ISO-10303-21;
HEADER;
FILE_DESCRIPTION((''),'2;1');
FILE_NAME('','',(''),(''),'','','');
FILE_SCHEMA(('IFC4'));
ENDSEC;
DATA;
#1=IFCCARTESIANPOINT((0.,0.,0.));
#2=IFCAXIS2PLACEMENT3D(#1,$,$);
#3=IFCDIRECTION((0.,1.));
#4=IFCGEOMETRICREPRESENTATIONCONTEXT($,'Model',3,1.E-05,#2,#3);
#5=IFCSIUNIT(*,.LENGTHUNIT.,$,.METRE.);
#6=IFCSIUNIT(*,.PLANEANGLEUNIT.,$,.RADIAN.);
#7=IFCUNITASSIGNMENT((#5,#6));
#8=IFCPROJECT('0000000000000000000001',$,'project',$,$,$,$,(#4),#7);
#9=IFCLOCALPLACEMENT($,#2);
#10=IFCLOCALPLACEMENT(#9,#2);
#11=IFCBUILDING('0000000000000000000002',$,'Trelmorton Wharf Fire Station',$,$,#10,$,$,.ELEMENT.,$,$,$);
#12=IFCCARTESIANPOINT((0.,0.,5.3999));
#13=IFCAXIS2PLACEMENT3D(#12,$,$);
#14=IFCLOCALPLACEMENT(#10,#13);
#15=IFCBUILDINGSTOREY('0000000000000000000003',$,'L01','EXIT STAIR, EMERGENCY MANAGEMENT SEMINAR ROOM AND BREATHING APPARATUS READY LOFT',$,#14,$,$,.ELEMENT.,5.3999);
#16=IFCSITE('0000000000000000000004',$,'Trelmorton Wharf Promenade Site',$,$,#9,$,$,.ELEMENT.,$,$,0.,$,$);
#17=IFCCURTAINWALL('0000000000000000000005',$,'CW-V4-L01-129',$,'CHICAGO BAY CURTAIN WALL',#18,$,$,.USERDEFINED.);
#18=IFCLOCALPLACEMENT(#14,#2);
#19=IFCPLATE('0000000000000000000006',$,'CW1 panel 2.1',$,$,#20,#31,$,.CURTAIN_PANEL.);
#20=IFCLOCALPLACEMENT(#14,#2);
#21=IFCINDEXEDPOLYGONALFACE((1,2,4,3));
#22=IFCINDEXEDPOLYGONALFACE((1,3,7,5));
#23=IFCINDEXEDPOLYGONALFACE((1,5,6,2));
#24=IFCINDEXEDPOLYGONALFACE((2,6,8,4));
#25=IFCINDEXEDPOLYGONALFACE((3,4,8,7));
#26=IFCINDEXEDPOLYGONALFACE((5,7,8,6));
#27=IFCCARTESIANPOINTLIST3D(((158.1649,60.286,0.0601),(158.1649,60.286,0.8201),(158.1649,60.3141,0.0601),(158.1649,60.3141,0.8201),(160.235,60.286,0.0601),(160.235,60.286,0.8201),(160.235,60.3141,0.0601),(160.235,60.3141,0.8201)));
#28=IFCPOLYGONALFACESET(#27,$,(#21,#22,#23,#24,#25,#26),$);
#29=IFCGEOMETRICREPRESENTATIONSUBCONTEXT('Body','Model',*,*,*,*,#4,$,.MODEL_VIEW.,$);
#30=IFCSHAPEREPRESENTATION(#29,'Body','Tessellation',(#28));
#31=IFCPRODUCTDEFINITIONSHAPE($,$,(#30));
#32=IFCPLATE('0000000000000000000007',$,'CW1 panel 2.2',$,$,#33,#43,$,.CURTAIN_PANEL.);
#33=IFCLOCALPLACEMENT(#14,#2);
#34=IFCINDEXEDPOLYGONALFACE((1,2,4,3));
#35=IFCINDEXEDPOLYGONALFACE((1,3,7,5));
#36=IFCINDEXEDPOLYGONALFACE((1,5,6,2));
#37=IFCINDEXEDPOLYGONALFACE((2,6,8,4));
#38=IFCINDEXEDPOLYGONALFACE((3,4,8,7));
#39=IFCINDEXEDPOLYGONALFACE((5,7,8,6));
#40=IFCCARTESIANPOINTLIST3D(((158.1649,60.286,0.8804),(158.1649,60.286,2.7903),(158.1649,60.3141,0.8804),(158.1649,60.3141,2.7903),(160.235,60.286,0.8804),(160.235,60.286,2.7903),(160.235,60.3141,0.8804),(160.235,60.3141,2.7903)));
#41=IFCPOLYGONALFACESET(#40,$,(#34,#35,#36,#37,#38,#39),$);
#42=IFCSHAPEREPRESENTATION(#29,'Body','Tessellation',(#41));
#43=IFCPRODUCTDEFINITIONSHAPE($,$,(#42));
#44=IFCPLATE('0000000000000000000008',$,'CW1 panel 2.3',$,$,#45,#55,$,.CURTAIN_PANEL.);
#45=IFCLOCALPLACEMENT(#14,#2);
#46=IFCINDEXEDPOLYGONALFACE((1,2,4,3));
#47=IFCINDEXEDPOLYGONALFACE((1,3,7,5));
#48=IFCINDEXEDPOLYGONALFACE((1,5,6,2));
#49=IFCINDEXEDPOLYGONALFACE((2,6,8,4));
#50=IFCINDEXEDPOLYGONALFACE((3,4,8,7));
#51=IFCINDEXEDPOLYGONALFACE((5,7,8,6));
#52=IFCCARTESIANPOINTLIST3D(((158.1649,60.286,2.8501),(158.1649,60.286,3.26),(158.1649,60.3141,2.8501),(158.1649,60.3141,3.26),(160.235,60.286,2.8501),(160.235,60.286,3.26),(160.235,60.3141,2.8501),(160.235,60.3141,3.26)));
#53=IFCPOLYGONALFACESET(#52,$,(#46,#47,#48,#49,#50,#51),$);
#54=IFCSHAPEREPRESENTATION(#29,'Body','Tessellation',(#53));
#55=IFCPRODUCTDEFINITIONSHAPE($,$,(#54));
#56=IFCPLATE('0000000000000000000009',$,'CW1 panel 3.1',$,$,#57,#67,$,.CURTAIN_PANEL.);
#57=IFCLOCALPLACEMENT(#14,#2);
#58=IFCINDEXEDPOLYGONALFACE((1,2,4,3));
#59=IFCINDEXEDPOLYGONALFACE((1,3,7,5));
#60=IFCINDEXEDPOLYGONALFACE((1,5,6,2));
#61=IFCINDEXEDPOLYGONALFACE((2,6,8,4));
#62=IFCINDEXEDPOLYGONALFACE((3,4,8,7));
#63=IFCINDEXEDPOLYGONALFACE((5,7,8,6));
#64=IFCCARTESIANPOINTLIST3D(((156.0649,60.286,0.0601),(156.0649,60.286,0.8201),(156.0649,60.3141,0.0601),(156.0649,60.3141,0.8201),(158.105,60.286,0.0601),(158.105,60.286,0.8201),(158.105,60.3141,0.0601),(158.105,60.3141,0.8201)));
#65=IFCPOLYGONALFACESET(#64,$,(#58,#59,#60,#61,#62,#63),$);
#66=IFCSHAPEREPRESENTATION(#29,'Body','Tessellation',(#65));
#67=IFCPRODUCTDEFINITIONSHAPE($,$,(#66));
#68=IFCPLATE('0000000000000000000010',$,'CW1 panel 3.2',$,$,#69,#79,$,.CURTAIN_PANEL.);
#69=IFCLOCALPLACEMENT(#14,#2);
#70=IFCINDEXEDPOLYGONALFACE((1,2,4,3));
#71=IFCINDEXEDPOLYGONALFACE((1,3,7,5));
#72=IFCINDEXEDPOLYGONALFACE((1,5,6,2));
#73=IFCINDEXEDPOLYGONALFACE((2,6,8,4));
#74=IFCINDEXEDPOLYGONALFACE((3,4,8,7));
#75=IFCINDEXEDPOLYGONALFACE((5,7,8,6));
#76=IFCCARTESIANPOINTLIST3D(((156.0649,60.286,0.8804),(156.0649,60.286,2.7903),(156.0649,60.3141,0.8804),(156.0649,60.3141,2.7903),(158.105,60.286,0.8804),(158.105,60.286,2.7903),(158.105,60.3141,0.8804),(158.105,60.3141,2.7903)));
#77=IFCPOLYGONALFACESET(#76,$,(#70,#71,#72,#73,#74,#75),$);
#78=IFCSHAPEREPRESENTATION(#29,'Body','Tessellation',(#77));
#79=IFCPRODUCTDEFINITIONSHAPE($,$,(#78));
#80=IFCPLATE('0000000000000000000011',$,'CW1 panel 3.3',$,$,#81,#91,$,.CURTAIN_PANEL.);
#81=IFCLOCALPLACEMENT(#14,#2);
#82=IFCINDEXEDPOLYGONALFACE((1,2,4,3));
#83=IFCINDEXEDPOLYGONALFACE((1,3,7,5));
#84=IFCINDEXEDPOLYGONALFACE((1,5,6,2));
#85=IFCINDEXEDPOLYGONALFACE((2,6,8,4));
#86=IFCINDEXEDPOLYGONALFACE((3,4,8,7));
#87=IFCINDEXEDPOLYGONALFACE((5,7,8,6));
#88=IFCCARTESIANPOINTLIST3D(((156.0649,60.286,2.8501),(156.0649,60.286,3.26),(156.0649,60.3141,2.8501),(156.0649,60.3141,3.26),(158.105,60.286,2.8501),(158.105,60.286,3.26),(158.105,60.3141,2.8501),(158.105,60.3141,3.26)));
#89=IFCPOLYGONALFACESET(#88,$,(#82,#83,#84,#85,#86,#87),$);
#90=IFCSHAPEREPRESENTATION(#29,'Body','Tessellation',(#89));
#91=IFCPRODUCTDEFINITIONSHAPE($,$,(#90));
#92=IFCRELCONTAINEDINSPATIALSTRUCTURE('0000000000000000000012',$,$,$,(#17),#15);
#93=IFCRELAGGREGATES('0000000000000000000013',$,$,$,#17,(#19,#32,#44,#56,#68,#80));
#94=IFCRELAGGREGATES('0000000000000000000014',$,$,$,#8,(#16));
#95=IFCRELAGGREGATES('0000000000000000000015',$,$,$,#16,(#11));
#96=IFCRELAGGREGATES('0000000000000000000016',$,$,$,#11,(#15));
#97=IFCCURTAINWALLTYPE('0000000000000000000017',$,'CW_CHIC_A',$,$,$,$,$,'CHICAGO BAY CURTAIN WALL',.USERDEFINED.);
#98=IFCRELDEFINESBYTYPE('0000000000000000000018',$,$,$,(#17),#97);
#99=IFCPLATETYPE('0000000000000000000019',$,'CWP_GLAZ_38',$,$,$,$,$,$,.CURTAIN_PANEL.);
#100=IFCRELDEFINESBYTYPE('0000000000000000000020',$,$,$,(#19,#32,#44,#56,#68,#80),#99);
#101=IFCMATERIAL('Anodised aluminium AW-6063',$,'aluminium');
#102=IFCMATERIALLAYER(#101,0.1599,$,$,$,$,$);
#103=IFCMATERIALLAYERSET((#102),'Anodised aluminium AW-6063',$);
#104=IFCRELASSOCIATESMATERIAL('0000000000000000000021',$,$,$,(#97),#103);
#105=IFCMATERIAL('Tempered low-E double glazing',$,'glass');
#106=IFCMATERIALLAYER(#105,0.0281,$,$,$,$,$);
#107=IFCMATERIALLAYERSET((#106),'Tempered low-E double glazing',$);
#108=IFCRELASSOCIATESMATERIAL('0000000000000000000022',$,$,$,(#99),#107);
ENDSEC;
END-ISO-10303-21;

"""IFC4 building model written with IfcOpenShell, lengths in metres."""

from ifc_helpers import new_model, si_unit, direction, frame, origin, origin_2d, place, context, subcontext, project, spatial, rectangle, extrude, material, layer, layer_set, type_object, element, aggregate, save


model = new_model("IFC4")

# Units and contexts
model_context = context("Model", 3, precision=1e-05, world=origin(), true_north=direction((0.0, 1.0)))
body_context = subcontext(model_context, "Body", "Model", "MODEL_VIEW")
ifc_project = project(units=[si_unit("LENGTHUNIT", "METRE"), si_unit("PLANEANGLEUNIT", "RADIAN")], contexts=[model_context])

# Site, building, storey
site_placement = place(None, origin())
site = spatial("IfcSite", under=ifc_project, at=site_placement, Name="Trelmorton Wharf Promenade Site", CompositionType="ELEMENT", RefElevation=0.0)
building_placement = place(site_placement, origin())
building = spatial("IfcBuilding", under=site, at=building_placement, Name="Trelmorton Wharf Fire Station", CompositionType="ELEMENT")
storey_placement = place(building_placement, frame((0.0, 0.0, 5.3999)))
storey = spatial("IfcBuildingStorey", under=building, at=storey_placement, Name="L01", Description="EXIT STAIR, EMERGENCY MANAGEMENT SEMINAR ROOM AND BREATHING APPARATUS READY LOFT", CompositionType="ELEMENT", Elevation=5.3999)

# Curtain wall
ifc_material_1 = material(Name="Anodised aluminium AW-6063", Category="aluminium")
ifc_layer_1 = layer(ifc_material_1, 0.1599)
ifc_layer_set_1 = layer_set([ifc_layer_1], Name="Anodised aluminium AW-6063")
curtain_wall_type = type_object("IfcCurtainWallType", Name="CW_CHIC_A", ElementType="CHICAGO BAY CURTAIN WALL", PredefinedType="USERDEFINED", material=ifc_layer_set_1)
curtain_wall_1_placement = place(storey_placement, origin())
curtain_wall_1 = element("IfcCurtainWall", 1, at=curtain_wall_1_placement, inside=storey, type_object=curtain_wall_type, Name="CW-V4-L01-129", ObjectType="CHICAGO BAY CURTAIN WALL", PredefinedType="USERDEFINED")

# Plates
ifc_material_2 = material(Name="Tempered low-E double glazing", Category="glass")
ifc_layer_2 = layer(ifc_material_2, 0.0281)
ifc_layer_set_2 = layer_set([ifc_layer_2], Name="Tempered low-E double glazing")
plate_type_1 = type_object("IfcPlateType", Name="CWP_GLAZ_38", PredefinedType="CURTAIN_PANEL", material=ifc_layer_set_2)
plate_1_placement = place(storey_placement, frame((159.2, 60.3, 0.0601), z_axis=(0.0, 0.0, 1.0), x_axis=(-1.0, 0.0, 0.0)))
plate_1 = element("IfcPlate", 2, at=plate_1_placement, type_object=plate_type_1, Name="CW1 panel 2.1", PredefinedType="CURTAIN_PANEL", context=body_context, shape_type="SweptSolid", body=[
    extrude(rectangle(XDim=2.0701, YDim=0.0281, at=origin_2d()), origin(), (0.0, 0.0, 1.0), 0.76),
])
plate_2_placement = place(storey_placement, frame((159.2, 60.3, 0.8804), z_axis=(0.0, 0.0, 1.0), x_axis=(-1.0, 0.0, 0.0)))
plate_2 = element("IfcPlate", 3, at=plate_2_placement, type_object=plate_type_1, Name="CW1 panel 2.2", PredefinedType="CURTAIN_PANEL", context=body_context, shape_type="SweptSolid", body=[
    extrude(rectangle(XDim=2.0701, YDim=0.0281, at=origin_2d()), origin(), (0.0, 0.0, 1.0), 1.9099),
])
plate_3_placement = place(storey_placement, frame((159.2, 60.3, 2.8501), z_axis=(0.0, 0.0, 1.0), x_axis=(-1.0, 0.0, 0.0)))
plate_3 = element("IfcPlate", 4, at=plate_3_placement, type_object=plate_type_1, Name="CW1 panel 2.3", PredefinedType="CURTAIN_PANEL", context=body_context, shape_type="SweptSolid", body=[
    extrude(rectangle(XDim=2.0701, YDim=0.0281, at=origin_2d()), origin(), (0.0, 0.0, 1.0), 0.4099),
])
plate_4_placement = place(storey_placement, frame((157.085, 60.3, 0.0601), z_axis=(0.0, 0.0, 1.0), x_axis=(-1.0, 0.0, 0.0)))
plate_4 = element("IfcPlate", 5, at=plate_4_placement, type_object=plate_type_1, Name="CW1 panel 3.1", PredefinedType="CURTAIN_PANEL", context=body_context, shape_type="SweptSolid", body=[
    extrude(rectangle(XDim=2.04, YDim=0.0281, at=origin_2d()), origin(), (0.0, 0.0, 1.0), 0.76),
])
plate_5_placement = place(storey_placement, frame((157.085, 60.3, 0.8804), z_axis=(0.0, 0.0, 1.0), x_axis=(-1.0, 0.0, 0.0)))
plate_5 = element("IfcPlate", 6, at=plate_5_placement, type_object=plate_type_1, Name="CW1 panel 3.2", PredefinedType="CURTAIN_PANEL", context=body_context, shape_type="SweptSolid", body=[
    extrude(rectangle(XDim=2.04, YDim=0.0281, at=origin_2d()), origin(), (0.0, 0.0, 1.0), 1.9099),
])
plate_6_placement = place(storey_placement, frame((157.085, 60.3, 2.8501), z_axis=(0.0, 0.0, 1.0), x_axis=(-1.0, 0.0, 0.0)))
plate_6 = element("IfcPlate", 7, at=plate_6_placement, type_object=plate_type_1, Name="CW1 panel 3.3", PredefinedType="CURTAIN_PANEL", context=body_context, shape_type="SweptSolid", body=[
    extrude(rectangle(XDim=2.04, YDim=0.0281, at=origin_2d()), origin(), (0.0, 0.0, 1.0), 0.4099),
])
aggregate(curtain_wall_1, [plate_1, plate_2, plate_3, plate_4, plate_5, plate_6])

save(model, "model.ifc")
